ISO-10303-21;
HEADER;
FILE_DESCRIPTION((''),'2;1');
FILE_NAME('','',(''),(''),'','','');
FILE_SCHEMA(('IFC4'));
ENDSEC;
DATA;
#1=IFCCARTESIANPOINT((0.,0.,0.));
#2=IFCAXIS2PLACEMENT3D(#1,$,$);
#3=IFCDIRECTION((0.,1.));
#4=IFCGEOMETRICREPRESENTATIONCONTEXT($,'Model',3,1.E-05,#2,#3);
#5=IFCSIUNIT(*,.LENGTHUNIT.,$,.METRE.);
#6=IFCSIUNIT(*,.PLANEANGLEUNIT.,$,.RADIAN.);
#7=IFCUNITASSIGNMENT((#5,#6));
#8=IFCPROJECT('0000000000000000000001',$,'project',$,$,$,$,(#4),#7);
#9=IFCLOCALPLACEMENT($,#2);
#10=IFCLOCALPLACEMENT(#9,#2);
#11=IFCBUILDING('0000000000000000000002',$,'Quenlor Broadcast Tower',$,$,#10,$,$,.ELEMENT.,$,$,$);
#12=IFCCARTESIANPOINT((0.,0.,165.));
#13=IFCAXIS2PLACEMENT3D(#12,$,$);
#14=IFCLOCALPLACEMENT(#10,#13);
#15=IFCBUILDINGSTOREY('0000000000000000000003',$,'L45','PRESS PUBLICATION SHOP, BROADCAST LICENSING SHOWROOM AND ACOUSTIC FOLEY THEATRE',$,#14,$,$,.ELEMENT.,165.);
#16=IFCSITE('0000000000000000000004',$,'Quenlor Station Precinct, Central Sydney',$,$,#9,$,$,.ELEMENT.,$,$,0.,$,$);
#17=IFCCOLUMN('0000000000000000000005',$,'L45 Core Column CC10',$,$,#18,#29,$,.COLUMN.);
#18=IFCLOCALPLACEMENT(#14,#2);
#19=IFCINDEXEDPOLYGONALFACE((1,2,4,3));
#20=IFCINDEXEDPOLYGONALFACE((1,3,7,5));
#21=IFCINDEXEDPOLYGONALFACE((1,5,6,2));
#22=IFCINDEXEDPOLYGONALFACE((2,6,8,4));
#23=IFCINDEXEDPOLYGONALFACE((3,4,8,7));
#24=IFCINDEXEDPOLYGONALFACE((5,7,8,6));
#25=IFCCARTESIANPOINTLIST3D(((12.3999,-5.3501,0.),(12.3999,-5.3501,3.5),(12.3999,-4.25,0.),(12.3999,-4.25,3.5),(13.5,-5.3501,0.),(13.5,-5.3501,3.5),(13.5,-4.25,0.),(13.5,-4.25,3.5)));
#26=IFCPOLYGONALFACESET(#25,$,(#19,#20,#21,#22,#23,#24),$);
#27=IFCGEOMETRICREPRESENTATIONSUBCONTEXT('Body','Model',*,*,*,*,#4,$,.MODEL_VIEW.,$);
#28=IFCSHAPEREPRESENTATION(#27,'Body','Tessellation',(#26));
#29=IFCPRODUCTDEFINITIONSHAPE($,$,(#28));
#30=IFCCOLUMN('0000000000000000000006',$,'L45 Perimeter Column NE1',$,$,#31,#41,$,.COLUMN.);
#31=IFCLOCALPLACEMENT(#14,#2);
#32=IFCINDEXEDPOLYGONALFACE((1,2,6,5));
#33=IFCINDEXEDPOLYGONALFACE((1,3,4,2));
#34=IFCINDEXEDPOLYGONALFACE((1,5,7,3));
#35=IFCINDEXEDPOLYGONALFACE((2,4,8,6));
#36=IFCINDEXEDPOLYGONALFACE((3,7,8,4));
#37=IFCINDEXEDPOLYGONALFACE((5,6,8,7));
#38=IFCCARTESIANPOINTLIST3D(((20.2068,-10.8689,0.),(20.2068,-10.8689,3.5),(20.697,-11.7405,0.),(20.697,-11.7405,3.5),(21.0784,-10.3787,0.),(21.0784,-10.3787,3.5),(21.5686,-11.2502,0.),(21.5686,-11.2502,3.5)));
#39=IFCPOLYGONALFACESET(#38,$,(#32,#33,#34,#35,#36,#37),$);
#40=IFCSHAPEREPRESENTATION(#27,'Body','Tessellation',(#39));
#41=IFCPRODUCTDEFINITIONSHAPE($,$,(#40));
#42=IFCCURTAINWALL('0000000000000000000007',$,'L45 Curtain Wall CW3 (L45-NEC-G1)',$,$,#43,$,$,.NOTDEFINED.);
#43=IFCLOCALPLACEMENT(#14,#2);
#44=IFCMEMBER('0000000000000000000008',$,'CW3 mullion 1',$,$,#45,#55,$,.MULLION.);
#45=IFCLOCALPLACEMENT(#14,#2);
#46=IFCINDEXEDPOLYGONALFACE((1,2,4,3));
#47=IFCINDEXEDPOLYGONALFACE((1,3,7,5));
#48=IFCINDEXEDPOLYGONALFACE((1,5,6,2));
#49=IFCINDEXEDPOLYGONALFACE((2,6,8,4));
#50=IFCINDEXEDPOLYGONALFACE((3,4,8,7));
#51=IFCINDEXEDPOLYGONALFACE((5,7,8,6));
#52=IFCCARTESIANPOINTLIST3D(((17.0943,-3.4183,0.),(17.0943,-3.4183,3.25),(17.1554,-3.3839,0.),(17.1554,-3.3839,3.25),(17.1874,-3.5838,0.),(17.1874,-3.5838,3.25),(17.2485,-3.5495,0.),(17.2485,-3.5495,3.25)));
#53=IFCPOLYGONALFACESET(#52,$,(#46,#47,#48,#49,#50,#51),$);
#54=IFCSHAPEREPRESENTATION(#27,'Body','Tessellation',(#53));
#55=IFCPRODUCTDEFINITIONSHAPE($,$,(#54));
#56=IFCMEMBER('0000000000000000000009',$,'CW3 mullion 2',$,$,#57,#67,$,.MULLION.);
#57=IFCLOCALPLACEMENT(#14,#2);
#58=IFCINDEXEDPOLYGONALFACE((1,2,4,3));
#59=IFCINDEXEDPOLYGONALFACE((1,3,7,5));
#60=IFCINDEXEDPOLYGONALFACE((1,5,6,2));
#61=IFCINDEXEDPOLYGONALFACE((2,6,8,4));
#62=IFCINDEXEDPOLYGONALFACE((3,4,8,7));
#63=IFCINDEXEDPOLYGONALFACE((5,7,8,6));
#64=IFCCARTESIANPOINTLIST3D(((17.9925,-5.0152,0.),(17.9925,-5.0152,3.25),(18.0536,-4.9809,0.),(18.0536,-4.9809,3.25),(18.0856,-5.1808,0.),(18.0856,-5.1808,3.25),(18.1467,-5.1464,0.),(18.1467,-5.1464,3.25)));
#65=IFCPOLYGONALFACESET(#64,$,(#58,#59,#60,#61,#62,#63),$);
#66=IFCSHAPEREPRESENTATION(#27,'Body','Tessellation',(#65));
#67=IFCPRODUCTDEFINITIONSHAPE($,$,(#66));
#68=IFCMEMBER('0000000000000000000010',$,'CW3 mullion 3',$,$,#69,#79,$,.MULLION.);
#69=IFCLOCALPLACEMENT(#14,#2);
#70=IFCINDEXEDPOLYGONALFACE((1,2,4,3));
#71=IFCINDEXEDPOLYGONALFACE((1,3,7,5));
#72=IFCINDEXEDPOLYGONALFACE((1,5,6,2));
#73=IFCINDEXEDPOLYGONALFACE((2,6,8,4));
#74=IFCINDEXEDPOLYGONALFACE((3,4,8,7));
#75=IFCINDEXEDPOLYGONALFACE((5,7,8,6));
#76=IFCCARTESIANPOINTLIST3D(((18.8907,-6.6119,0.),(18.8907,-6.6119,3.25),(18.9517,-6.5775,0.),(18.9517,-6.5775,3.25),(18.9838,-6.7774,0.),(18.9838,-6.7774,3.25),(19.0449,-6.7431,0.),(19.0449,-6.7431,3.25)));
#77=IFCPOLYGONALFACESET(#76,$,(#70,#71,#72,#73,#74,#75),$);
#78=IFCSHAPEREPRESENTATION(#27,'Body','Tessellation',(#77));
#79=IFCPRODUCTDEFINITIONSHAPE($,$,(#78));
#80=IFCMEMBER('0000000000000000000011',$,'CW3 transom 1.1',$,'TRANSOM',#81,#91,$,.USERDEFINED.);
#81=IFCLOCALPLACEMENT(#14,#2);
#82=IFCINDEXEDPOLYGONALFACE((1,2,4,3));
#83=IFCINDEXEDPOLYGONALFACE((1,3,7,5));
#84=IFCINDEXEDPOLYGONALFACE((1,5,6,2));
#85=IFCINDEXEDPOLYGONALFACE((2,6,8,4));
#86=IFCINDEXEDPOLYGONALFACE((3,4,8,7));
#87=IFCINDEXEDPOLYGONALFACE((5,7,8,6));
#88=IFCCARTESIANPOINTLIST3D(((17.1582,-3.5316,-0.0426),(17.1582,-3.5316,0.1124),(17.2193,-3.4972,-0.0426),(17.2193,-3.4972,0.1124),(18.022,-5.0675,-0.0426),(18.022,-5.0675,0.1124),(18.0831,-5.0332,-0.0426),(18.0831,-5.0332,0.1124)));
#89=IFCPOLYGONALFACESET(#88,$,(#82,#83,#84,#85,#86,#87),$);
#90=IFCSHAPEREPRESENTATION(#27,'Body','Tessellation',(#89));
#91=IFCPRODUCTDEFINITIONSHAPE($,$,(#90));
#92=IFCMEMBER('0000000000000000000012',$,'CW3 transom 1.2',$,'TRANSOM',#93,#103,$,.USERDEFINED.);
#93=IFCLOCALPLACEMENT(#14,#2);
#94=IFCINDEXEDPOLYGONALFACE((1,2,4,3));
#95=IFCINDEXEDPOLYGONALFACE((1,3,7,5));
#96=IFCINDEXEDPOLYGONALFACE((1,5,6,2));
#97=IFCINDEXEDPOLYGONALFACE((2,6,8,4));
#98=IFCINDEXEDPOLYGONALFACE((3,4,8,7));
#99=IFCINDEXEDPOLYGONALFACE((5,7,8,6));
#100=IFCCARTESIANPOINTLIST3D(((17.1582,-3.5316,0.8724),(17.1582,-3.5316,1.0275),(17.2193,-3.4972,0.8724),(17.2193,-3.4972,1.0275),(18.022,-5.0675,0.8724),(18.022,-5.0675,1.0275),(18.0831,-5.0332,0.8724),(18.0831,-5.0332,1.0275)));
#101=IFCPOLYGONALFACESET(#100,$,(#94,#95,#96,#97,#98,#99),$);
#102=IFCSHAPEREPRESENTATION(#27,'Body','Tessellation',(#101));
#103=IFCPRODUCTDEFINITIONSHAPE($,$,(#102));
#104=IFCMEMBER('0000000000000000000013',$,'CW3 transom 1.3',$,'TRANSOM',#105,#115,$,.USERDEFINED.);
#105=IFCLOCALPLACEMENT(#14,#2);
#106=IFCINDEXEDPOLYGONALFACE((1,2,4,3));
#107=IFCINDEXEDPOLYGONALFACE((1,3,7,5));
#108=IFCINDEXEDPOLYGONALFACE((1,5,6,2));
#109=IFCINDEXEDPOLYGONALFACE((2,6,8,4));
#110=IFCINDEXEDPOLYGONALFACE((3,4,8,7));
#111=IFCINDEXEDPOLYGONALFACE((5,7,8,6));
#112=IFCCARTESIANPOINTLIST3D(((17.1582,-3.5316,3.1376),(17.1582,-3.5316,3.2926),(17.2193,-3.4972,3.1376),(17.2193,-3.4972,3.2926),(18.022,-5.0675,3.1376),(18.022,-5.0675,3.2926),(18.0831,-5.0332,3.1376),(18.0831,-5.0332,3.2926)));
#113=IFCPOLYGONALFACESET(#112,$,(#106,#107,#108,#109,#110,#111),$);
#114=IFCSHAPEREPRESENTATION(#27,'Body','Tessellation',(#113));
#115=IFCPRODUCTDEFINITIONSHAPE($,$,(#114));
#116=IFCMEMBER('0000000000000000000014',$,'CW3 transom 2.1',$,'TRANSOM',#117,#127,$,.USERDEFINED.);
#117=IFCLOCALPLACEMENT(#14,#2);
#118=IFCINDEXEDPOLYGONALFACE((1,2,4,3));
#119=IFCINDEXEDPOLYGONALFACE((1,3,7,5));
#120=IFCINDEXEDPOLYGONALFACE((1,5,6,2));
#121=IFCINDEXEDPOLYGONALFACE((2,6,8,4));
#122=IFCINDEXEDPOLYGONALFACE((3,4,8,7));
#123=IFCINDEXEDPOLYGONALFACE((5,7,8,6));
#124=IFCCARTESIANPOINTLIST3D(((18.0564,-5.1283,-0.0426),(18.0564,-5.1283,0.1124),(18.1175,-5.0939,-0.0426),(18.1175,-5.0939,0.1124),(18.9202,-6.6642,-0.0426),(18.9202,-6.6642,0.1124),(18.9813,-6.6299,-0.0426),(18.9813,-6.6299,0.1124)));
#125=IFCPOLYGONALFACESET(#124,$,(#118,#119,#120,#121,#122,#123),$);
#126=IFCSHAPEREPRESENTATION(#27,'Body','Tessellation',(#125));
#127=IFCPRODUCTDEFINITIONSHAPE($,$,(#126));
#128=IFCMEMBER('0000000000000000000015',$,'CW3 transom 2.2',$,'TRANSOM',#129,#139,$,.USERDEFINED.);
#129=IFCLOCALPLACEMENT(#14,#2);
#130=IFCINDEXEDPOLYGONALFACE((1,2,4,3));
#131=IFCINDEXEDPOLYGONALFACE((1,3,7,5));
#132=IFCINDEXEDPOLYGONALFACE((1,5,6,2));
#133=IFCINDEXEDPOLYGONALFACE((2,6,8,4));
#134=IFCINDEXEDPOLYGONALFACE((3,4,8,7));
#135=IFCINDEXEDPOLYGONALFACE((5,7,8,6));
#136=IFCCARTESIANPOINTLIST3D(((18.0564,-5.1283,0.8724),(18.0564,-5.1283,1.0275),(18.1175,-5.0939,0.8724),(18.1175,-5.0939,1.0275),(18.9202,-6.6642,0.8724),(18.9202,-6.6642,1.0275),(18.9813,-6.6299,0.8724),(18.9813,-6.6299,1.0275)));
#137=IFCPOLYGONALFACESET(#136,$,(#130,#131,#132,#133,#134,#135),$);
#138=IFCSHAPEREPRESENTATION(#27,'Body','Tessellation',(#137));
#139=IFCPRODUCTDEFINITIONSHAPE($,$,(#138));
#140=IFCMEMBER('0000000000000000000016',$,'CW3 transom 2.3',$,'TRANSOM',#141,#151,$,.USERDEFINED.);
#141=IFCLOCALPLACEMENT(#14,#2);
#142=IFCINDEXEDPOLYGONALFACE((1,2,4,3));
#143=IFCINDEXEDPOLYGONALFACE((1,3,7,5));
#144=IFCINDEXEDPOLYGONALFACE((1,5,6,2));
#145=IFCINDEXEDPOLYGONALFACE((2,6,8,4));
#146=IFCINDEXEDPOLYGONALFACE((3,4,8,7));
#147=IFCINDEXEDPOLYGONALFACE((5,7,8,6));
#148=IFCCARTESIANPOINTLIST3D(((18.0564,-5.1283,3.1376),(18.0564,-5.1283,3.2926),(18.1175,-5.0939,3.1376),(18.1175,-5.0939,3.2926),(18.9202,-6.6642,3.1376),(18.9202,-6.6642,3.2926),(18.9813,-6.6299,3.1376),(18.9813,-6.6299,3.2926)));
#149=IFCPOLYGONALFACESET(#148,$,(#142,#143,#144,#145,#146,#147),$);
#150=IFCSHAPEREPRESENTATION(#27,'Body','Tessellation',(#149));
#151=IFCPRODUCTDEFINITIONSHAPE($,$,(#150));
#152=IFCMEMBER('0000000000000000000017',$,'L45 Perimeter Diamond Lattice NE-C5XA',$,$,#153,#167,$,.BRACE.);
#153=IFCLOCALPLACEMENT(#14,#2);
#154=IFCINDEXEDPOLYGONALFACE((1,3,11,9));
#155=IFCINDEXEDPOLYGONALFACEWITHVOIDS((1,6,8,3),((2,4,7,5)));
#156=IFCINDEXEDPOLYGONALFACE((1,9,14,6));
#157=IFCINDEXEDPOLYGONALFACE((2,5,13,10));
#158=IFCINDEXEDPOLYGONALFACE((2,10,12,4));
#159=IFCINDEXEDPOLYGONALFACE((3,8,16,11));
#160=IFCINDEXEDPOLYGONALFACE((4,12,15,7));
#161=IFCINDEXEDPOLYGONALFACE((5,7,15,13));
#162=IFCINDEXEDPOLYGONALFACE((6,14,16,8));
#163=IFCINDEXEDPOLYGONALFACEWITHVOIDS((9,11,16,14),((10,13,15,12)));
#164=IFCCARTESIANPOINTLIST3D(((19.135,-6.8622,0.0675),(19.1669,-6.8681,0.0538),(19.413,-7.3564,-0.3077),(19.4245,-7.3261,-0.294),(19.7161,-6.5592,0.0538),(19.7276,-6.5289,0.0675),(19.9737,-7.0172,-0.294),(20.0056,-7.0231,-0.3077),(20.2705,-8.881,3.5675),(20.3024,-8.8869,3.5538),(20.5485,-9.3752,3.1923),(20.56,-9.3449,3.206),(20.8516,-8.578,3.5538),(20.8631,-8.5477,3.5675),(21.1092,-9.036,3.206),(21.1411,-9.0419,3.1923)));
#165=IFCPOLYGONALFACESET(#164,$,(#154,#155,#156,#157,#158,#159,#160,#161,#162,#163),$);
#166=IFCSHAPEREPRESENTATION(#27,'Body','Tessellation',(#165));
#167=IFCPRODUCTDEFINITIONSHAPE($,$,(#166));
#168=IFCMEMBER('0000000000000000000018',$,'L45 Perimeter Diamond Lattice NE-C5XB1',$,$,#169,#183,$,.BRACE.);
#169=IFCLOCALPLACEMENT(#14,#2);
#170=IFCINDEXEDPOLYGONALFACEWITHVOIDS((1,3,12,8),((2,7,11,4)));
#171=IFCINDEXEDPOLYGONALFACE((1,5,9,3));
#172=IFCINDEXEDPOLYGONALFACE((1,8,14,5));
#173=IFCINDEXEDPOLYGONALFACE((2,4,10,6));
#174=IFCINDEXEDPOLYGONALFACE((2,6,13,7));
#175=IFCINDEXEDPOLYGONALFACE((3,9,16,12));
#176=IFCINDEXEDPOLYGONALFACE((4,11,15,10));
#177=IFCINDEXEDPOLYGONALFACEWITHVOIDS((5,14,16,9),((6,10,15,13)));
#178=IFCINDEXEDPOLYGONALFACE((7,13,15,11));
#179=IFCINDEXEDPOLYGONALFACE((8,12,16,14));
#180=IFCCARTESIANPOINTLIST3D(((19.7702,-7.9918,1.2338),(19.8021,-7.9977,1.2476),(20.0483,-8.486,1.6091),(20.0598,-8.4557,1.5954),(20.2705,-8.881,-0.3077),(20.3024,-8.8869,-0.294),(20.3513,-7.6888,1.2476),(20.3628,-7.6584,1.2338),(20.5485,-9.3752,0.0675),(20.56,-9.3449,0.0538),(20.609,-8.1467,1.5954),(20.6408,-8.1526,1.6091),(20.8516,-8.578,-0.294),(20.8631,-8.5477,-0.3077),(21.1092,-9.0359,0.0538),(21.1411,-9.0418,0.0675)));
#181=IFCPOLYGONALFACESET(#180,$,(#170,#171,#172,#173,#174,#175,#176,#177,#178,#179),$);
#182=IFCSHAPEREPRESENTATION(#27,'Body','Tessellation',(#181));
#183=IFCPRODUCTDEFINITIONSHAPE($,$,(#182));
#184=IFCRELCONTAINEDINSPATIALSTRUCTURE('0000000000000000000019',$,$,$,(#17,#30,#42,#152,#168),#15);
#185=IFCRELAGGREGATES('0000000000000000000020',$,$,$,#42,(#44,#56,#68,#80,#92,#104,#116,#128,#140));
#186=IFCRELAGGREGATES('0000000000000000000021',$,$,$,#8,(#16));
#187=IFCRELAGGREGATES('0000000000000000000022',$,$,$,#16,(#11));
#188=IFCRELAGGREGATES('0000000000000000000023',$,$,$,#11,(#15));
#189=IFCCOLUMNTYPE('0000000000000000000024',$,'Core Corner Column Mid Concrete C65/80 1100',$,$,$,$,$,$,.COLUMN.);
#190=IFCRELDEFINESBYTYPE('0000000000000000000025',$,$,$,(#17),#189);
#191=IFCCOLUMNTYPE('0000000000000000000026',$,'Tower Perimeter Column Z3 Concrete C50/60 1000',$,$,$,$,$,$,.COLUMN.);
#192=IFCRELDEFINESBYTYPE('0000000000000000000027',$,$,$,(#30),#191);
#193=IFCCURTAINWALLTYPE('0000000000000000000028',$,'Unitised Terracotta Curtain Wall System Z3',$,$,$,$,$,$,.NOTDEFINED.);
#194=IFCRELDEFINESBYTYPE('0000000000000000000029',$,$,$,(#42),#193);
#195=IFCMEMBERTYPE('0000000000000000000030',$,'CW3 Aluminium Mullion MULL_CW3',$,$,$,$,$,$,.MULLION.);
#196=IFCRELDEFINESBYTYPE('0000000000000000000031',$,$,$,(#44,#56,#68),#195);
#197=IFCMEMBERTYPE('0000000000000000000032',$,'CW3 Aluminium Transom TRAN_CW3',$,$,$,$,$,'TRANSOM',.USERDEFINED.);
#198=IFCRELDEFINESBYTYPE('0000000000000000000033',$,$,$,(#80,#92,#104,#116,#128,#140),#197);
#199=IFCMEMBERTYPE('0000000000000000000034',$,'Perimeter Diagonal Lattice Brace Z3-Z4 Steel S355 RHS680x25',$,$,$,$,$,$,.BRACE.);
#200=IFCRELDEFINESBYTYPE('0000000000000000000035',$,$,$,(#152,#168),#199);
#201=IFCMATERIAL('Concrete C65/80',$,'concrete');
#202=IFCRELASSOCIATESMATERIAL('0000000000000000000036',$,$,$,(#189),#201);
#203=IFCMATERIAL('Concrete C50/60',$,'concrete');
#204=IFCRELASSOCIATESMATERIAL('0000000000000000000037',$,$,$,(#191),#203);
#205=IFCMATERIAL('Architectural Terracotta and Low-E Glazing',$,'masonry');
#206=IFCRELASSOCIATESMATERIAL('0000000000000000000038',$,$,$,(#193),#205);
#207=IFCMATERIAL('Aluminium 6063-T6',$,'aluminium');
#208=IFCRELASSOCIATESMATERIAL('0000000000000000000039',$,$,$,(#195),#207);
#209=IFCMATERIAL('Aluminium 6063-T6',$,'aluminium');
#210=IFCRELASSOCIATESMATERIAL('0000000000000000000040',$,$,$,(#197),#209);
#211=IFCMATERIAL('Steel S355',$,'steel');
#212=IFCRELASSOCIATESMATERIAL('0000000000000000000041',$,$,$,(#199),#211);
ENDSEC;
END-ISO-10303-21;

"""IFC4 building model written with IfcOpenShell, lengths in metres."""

from ifc_helpers import new_model, si_unit, direction, frame, origin, origin_2d, place, context, subcontext, project, spatial, rectangle, hollow_rectangle, extrude, material, material_profile, profile_set, type_object, element, aggregate, save


model = new_model("IFC4")

# Units and contexts
model_context = context("Model", 3, precision=1e-05, world=origin(), true_north=direction((0.0, 1.0)))
body_context = subcontext(model_context, "Body", "Model", "MODEL_VIEW")
ifc_project = project(units=[si_unit("LENGTHUNIT", "METRE"), si_unit("PLANEANGLEUNIT", "RADIAN")], contexts=[model_context])

# Site, building, storey
site_placement = place(None, origin())
site = spatial("IfcSite", under=ifc_project, at=site_placement, Name="Quenlor Station Precinct, Central Sydney", CompositionType="ELEMENT", RefElevation=0.0)
building_placement = place(site_placement, origin())
building = spatial("IfcBuilding", under=site, at=building_placement, Name="Quenlor Broadcast Tower", CompositionType="ELEMENT")
storey_placement = place(building_placement, frame((0.0, 0.0, 165.0)))
storey = spatial("IfcBuildingStorey", under=building, at=storey_placement, Name="L45", Description="PRESS PUBLICATION SHOP, BROADCAST LICENSING SHOWROOM AND ACOUSTIC FOLEY THEATRE", CompositionType="ELEMENT", Elevation=165.0)

# Columns
ifc_material_1 = material(Name="Concrete C65/80", Category="concrete")
ifc_material_profile_1 = material_profile(ifc_material_1, rectangle(XDim=1.1001, YDim=1.1001, at=origin_2d()))
ifc_profile_set_1 = profile_set([ifc_material_profile_1], Name="Concrete C65/80 RC1100x1100")
column_type_1 = type_object("IfcColumnType", Name="Core Corner Column Mid Concrete C65/80 1100", PredefinedType="COLUMN", material=ifc_profile_set_1)
column_1_placement = place(storey_placement, frame((12.95, -4.8, 0.0), z_axis=(0.0, 0.0, 1.0), x_axis=(1.0, 0.0, 0.0)))
element("IfcColumn", 1, at=column_1_placement, inside=storey, type_object=column_type_1, Name="L45 Core Column CC10", PredefinedType="COLUMN", context=body_context, shape_type="SweptSolid", body=[
    extrude(rectangle(XDim=1.1001, YDim=1.1001, at=origin_2d()), origin(), (0.0, 0.0, 1.0), 3.5),
])
ifc_material_2 = material(Name="Concrete C50/60", Category="concrete")
ifc_material_profile_2 = material_profile(ifc_material_2, rectangle(XDim=1.0, YDim=1.0, at=origin_2d()))
ifc_profile_set_2 = profile_set([ifc_material_profile_2], Name="Concrete C50/60 RC1000x1000")
column_type_2 = type_object("IfcColumnType", Name="Tower Perimeter Column Z3 Concrete C50/60 1000", PredefinedType="COLUMN", material=ifc_profile_set_2)
column_2_placement = place(storey_placement, frame((20.8877, -11.0596, 0.0), z_axis=(0.0, 0.0, 1.0), x_axis=(0.871575, 0.490262, 0.0)))
element("IfcColumn", 2, at=column_2_placement, inside=storey, type_object=column_type_2, Name="L45 Perimeter Column NE1", PredefinedType="COLUMN", context=body_context, shape_type="SweptSolid", body=[
    extrude(rectangle(XDim=1.0, YDim=1.0, at=origin_2d()), origin(), (0.0, 0.0, 1.0), 3.5),
])

# Curtain wall, members
ifc_material_3 = material(Name="Architectural Terracotta and Low-E Glazing", Category="masonry")
curtain_wall_type = type_object("IfcCurtainWallType", Name="Unitised Terracotta Curtain Wall System Z3", PredefinedType="NOTDEFINED", material=ifc_material_3)
curtain_wall_placement = place(storey_placement, origin())
curtain_wall = element("IfcCurtainWall", 3, at=curtain_wall_placement, inside=storey, type_object=curtain_wall_type, Name="L45 Curtain Wall CW3 (L45-NEC-G1)", PredefinedType="NOTDEFINED")
ifc_material_4 = material(Name="Aluminium 6063-T6", Category="aluminium")
ifc_material_profile_3 = material_profile(ifc_material_4, rectangle(XDim=0.0701, YDim=0.1899, at=origin_2d()))
ifc_profile_set_3 = profile_set([ifc_material_profile_3], Name="Aluminium 6063-T6 MULL70x190")
member_type_1 = type_object("IfcMemberType", Name="CW3 Aluminium Mullion MULL_CW3", PredefinedType="MULLION", material=ifc_profile_set_3)
member_1_placement = place(storey_placement, frame((17.1714, -3.4839, 0.0), z_axis=(0.0, 0.0, 1.0), x_axis=(0.871577, 0.490259, 0.0)))
member_1 = element("IfcMember", 4, at=member_1_placement, type_object=member_type_1, Name="CW3 mullion 1", PredefinedType="MULLION", context=body_context, shape_type="SweptSolid", body=[
    extrude(rectangle(XDim=0.0701, YDim=0.1899, at=origin_2d()), origin(), (0.0, 0.0, 1.0), 3.25),
])
member_2_placement = place(storey_placement, frame((18.0696, -5.0808, 0.0), z_axis=(0.0, 0.0, 1.0), x_axis=(0.871577, 0.490259, 0.0)))
member_2 = element("IfcMember", 5, at=member_2_placement, type_object=member_type_1, Name="CW3 mullion 2", PredefinedType="MULLION", context=body_context, shape_type="SweptSolid", body=[
    extrude(rectangle(XDim=0.0701, YDim=0.1899, at=origin_2d()), origin(), (0.0, 0.0, 1.0), 3.25),
])
member_3_placement = place(storey_placement, frame((18.9678, -6.6775, 0.0), z_axis=(0.0, 0.0, 1.0), x_axis=(0.871577, 0.490259, 0.0)))
member_3 = element("IfcMember", 6, at=member_3_placement, type_object=member_type_1, Name="CW3 mullion 3", PredefinedType="MULLION", context=body_context, shape_type="SweptSolid", body=[
    extrude(rectangle(XDim=0.0701, YDim=0.1899, at=origin_2d()), origin(), (0.0, 0.0, 1.0), 3.25),
])
ifc_material_5 = material(Name="Aluminium 6063-T6", Category="aluminium")
ifc_material_profile_4 = material_profile(ifc_material_5, rectangle(XDim=0.0701, YDim=0.155, at=origin_2d()))
ifc_profile_set_4 = profile_set([ifc_material_profile_4], Name="Aluminium 6063-T6 TRAN70x155")
member_type_2 = type_object("IfcMemberType", Name="CW3 Aluminium Transom TRAN_CW3", ElementType="TRANSOM", PredefinedType="USERDEFINED", material=ifc_profile_set_4)
member_4_placement = place(storey_placement, frame((17.1887, -3.5144, 0.0349), z_axis=(0.490189, -0.871616, 0.0), x_axis=(0.871616, 0.490189, 0.0)))
member_4 = element("IfcMember", 7, at=member_4_placement, type_object=member_type_2, Name="CW3 transom 1.1", ObjectType="TRANSOM", PredefinedType="USERDEFINED", context=body_context, shape_type="SweptSolid", body=[
    extrude(rectangle(XDim=0.0701, YDim=0.155, at=origin_2d()), origin(), (0.0, 0.0, 1.0), 1.7622),
])
member_5_placement = place(storey_placement, frame((17.1887, -3.5144, 0.95), z_axis=(0.490189, -0.871616, 0.0), x_axis=(0.871616, 0.490189, 0.0)))
member_5 = element("IfcMember", 8, at=member_5_placement, type_object=member_type_2, Name="CW3 transom 1.2", ObjectType="TRANSOM", PredefinedType="USERDEFINED", context=body_context, shape_type="SweptSolid", body=[
    extrude(rectangle(XDim=0.0701, YDim=0.155, at=origin_2d()), origin(), (0.0, 0.0, 1.0), 1.7622),
])
member_6_placement = place(storey_placement, frame((17.1887, -3.5144, 3.2151), z_axis=(0.490189, -0.871616, 0.0), x_axis=(0.871616, 0.490189, 0.0)))
member_6 = element("IfcMember", 9, at=member_6_placement, type_object=member_type_2, Name="CW3 transom 1.3", ObjectType="TRANSOM", PredefinedType="USERDEFINED", context=body_context, shape_type="SweptSolid", body=[
    extrude(rectangle(XDim=0.0701, YDim=0.155, at=origin_2d()), origin(), (0.0, 0.0, 1.0), 1.7622),
])
member_7_placement = place(storey_placement, frame((18.0869, -5.1111, 0.0349), z_axis=(0.490189, -0.871616, 0.0), x_axis=(0.871616, 0.490189, 0.0)))
member_7 = element("IfcMember", 10, at=member_7_placement, type_object=member_type_2, Name="CW3 transom 2.1", ObjectType="TRANSOM", PredefinedType="USERDEFINED", context=body_context, shape_type="SweptSolid", body=[
    extrude(rectangle(XDim=0.0701, YDim=0.155, at=origin_2d()), origin(), (0.0, 0.0, 1.0), 1.7622),
])
member_8_placement = place(storey_placement, frame((18.0869, -5.1111, 0.95), z_axis=(0.490189, -0.871616, 0.0), x_axis=(0.871616, 0.490189, 0.0)))
member_8 = element("IfcMember", 11, at=member_8_placement, type_object=member_type_2, Name="CW3 transom 2.2", ObjectType="TRANSOM", PredefinedType="USERDEFINED", context=body_context, shape_type="SweptSolid", body=[
    extrude(rectangle(XDim=0.0701, YDim=0.155, at=origin_2d()), origin(), (0.0, 0.0, 1.0), 1.7622),
])
member_9_placement = place(storey_placement, frame((18.0869, -5.1111, 3.2151), z_axis=(0.490189, -0.871616, 0.0), x_axis=(0.871616, 0.490189, 0.0)))
member_9 = element("IfcMember", 12, at=member_9_placement, type_object=member_type_2, Name="CW3 transom 2.3", ObjectType="TRANSOM", PredefinedType="USERDEFINED", context=body_context, shape_type="SweptSolid", body=[
    extrude(rectangle(XDim=0.0701, YDim=0.155, at=origin_2d()), origin(), (0.0, 0.0, 1.0), 1.7622),
])

# Members
ifc_material_6 = material(Name="Steel S355", Category="steel")
ifc_material_profile_5 = material_profile(ifc_material_6, hollow_rectangle(XDim=0.6799, YDim=0.6799, WallThickness=0.0249, at=origin_2d()))
ifc_profile_set_5 = profile_set([ifc_material_profile_5], Name="Steel S355 RHS680x680x25")
member_type_3 = type_object("IfcMemberType", Name="Perimeter Diagonal Lattice Brace Z3-Z4 Steel S355 RHS680x25", PredefinedType="BRACE", material=ifc_profile_set_5)
member_10_placement = place(storey_placement, frame((19.5703, -6.9426, -0.1201), z_axis=(0.270549, -0.481009, 0.833927), x_axis=(0.87159, 0.490236, 0.0)))
element("IfcMember", 13, at=member_10_placement, inside=storey, type_object=member_type_3, Name="L45 Perimeter Diamond Lattice NE-C5XA", PredefinedType="BRACE", context=body_context, shape_type="SweptSolid", body=[
    extrude(hollow_rectangle(XDim=0.6799, YDim=0.6799, WallThickness=0.0249, at=origin_2d()), origin(), (0.0, 0.0, 1.0), 4.197),
])
member_11_placement = place(storey_placement, frame((20.7058, -8.9614, -0.1201), z_axis=(-0.270616, 0.481008, 0.833905), x_axis=(-0.871537, -0.490329, 0.0)))
element("IfcMember", 14, at=member_11_placement, inside=storey, type_object=member_type_3, Name="L45 Perimeter Diamond Lattice NE-C5XB1", PredefinedType="BRACE", context=body_context, shape_type="SweptSolid", body=[
    extrude(hollow_rectangle(XDim=0.6799, YDim=0.6799, WallThickness=0.0249, at=origin_2d()), origin(), (0.0, 0.0, 1.0), 1.8486),
])

aggregate(curtain_wall, [member_1, member_2, member_3, member_4, member_5, member_6, member_7, member_8, member_9])

save(model, "model.ifc")
